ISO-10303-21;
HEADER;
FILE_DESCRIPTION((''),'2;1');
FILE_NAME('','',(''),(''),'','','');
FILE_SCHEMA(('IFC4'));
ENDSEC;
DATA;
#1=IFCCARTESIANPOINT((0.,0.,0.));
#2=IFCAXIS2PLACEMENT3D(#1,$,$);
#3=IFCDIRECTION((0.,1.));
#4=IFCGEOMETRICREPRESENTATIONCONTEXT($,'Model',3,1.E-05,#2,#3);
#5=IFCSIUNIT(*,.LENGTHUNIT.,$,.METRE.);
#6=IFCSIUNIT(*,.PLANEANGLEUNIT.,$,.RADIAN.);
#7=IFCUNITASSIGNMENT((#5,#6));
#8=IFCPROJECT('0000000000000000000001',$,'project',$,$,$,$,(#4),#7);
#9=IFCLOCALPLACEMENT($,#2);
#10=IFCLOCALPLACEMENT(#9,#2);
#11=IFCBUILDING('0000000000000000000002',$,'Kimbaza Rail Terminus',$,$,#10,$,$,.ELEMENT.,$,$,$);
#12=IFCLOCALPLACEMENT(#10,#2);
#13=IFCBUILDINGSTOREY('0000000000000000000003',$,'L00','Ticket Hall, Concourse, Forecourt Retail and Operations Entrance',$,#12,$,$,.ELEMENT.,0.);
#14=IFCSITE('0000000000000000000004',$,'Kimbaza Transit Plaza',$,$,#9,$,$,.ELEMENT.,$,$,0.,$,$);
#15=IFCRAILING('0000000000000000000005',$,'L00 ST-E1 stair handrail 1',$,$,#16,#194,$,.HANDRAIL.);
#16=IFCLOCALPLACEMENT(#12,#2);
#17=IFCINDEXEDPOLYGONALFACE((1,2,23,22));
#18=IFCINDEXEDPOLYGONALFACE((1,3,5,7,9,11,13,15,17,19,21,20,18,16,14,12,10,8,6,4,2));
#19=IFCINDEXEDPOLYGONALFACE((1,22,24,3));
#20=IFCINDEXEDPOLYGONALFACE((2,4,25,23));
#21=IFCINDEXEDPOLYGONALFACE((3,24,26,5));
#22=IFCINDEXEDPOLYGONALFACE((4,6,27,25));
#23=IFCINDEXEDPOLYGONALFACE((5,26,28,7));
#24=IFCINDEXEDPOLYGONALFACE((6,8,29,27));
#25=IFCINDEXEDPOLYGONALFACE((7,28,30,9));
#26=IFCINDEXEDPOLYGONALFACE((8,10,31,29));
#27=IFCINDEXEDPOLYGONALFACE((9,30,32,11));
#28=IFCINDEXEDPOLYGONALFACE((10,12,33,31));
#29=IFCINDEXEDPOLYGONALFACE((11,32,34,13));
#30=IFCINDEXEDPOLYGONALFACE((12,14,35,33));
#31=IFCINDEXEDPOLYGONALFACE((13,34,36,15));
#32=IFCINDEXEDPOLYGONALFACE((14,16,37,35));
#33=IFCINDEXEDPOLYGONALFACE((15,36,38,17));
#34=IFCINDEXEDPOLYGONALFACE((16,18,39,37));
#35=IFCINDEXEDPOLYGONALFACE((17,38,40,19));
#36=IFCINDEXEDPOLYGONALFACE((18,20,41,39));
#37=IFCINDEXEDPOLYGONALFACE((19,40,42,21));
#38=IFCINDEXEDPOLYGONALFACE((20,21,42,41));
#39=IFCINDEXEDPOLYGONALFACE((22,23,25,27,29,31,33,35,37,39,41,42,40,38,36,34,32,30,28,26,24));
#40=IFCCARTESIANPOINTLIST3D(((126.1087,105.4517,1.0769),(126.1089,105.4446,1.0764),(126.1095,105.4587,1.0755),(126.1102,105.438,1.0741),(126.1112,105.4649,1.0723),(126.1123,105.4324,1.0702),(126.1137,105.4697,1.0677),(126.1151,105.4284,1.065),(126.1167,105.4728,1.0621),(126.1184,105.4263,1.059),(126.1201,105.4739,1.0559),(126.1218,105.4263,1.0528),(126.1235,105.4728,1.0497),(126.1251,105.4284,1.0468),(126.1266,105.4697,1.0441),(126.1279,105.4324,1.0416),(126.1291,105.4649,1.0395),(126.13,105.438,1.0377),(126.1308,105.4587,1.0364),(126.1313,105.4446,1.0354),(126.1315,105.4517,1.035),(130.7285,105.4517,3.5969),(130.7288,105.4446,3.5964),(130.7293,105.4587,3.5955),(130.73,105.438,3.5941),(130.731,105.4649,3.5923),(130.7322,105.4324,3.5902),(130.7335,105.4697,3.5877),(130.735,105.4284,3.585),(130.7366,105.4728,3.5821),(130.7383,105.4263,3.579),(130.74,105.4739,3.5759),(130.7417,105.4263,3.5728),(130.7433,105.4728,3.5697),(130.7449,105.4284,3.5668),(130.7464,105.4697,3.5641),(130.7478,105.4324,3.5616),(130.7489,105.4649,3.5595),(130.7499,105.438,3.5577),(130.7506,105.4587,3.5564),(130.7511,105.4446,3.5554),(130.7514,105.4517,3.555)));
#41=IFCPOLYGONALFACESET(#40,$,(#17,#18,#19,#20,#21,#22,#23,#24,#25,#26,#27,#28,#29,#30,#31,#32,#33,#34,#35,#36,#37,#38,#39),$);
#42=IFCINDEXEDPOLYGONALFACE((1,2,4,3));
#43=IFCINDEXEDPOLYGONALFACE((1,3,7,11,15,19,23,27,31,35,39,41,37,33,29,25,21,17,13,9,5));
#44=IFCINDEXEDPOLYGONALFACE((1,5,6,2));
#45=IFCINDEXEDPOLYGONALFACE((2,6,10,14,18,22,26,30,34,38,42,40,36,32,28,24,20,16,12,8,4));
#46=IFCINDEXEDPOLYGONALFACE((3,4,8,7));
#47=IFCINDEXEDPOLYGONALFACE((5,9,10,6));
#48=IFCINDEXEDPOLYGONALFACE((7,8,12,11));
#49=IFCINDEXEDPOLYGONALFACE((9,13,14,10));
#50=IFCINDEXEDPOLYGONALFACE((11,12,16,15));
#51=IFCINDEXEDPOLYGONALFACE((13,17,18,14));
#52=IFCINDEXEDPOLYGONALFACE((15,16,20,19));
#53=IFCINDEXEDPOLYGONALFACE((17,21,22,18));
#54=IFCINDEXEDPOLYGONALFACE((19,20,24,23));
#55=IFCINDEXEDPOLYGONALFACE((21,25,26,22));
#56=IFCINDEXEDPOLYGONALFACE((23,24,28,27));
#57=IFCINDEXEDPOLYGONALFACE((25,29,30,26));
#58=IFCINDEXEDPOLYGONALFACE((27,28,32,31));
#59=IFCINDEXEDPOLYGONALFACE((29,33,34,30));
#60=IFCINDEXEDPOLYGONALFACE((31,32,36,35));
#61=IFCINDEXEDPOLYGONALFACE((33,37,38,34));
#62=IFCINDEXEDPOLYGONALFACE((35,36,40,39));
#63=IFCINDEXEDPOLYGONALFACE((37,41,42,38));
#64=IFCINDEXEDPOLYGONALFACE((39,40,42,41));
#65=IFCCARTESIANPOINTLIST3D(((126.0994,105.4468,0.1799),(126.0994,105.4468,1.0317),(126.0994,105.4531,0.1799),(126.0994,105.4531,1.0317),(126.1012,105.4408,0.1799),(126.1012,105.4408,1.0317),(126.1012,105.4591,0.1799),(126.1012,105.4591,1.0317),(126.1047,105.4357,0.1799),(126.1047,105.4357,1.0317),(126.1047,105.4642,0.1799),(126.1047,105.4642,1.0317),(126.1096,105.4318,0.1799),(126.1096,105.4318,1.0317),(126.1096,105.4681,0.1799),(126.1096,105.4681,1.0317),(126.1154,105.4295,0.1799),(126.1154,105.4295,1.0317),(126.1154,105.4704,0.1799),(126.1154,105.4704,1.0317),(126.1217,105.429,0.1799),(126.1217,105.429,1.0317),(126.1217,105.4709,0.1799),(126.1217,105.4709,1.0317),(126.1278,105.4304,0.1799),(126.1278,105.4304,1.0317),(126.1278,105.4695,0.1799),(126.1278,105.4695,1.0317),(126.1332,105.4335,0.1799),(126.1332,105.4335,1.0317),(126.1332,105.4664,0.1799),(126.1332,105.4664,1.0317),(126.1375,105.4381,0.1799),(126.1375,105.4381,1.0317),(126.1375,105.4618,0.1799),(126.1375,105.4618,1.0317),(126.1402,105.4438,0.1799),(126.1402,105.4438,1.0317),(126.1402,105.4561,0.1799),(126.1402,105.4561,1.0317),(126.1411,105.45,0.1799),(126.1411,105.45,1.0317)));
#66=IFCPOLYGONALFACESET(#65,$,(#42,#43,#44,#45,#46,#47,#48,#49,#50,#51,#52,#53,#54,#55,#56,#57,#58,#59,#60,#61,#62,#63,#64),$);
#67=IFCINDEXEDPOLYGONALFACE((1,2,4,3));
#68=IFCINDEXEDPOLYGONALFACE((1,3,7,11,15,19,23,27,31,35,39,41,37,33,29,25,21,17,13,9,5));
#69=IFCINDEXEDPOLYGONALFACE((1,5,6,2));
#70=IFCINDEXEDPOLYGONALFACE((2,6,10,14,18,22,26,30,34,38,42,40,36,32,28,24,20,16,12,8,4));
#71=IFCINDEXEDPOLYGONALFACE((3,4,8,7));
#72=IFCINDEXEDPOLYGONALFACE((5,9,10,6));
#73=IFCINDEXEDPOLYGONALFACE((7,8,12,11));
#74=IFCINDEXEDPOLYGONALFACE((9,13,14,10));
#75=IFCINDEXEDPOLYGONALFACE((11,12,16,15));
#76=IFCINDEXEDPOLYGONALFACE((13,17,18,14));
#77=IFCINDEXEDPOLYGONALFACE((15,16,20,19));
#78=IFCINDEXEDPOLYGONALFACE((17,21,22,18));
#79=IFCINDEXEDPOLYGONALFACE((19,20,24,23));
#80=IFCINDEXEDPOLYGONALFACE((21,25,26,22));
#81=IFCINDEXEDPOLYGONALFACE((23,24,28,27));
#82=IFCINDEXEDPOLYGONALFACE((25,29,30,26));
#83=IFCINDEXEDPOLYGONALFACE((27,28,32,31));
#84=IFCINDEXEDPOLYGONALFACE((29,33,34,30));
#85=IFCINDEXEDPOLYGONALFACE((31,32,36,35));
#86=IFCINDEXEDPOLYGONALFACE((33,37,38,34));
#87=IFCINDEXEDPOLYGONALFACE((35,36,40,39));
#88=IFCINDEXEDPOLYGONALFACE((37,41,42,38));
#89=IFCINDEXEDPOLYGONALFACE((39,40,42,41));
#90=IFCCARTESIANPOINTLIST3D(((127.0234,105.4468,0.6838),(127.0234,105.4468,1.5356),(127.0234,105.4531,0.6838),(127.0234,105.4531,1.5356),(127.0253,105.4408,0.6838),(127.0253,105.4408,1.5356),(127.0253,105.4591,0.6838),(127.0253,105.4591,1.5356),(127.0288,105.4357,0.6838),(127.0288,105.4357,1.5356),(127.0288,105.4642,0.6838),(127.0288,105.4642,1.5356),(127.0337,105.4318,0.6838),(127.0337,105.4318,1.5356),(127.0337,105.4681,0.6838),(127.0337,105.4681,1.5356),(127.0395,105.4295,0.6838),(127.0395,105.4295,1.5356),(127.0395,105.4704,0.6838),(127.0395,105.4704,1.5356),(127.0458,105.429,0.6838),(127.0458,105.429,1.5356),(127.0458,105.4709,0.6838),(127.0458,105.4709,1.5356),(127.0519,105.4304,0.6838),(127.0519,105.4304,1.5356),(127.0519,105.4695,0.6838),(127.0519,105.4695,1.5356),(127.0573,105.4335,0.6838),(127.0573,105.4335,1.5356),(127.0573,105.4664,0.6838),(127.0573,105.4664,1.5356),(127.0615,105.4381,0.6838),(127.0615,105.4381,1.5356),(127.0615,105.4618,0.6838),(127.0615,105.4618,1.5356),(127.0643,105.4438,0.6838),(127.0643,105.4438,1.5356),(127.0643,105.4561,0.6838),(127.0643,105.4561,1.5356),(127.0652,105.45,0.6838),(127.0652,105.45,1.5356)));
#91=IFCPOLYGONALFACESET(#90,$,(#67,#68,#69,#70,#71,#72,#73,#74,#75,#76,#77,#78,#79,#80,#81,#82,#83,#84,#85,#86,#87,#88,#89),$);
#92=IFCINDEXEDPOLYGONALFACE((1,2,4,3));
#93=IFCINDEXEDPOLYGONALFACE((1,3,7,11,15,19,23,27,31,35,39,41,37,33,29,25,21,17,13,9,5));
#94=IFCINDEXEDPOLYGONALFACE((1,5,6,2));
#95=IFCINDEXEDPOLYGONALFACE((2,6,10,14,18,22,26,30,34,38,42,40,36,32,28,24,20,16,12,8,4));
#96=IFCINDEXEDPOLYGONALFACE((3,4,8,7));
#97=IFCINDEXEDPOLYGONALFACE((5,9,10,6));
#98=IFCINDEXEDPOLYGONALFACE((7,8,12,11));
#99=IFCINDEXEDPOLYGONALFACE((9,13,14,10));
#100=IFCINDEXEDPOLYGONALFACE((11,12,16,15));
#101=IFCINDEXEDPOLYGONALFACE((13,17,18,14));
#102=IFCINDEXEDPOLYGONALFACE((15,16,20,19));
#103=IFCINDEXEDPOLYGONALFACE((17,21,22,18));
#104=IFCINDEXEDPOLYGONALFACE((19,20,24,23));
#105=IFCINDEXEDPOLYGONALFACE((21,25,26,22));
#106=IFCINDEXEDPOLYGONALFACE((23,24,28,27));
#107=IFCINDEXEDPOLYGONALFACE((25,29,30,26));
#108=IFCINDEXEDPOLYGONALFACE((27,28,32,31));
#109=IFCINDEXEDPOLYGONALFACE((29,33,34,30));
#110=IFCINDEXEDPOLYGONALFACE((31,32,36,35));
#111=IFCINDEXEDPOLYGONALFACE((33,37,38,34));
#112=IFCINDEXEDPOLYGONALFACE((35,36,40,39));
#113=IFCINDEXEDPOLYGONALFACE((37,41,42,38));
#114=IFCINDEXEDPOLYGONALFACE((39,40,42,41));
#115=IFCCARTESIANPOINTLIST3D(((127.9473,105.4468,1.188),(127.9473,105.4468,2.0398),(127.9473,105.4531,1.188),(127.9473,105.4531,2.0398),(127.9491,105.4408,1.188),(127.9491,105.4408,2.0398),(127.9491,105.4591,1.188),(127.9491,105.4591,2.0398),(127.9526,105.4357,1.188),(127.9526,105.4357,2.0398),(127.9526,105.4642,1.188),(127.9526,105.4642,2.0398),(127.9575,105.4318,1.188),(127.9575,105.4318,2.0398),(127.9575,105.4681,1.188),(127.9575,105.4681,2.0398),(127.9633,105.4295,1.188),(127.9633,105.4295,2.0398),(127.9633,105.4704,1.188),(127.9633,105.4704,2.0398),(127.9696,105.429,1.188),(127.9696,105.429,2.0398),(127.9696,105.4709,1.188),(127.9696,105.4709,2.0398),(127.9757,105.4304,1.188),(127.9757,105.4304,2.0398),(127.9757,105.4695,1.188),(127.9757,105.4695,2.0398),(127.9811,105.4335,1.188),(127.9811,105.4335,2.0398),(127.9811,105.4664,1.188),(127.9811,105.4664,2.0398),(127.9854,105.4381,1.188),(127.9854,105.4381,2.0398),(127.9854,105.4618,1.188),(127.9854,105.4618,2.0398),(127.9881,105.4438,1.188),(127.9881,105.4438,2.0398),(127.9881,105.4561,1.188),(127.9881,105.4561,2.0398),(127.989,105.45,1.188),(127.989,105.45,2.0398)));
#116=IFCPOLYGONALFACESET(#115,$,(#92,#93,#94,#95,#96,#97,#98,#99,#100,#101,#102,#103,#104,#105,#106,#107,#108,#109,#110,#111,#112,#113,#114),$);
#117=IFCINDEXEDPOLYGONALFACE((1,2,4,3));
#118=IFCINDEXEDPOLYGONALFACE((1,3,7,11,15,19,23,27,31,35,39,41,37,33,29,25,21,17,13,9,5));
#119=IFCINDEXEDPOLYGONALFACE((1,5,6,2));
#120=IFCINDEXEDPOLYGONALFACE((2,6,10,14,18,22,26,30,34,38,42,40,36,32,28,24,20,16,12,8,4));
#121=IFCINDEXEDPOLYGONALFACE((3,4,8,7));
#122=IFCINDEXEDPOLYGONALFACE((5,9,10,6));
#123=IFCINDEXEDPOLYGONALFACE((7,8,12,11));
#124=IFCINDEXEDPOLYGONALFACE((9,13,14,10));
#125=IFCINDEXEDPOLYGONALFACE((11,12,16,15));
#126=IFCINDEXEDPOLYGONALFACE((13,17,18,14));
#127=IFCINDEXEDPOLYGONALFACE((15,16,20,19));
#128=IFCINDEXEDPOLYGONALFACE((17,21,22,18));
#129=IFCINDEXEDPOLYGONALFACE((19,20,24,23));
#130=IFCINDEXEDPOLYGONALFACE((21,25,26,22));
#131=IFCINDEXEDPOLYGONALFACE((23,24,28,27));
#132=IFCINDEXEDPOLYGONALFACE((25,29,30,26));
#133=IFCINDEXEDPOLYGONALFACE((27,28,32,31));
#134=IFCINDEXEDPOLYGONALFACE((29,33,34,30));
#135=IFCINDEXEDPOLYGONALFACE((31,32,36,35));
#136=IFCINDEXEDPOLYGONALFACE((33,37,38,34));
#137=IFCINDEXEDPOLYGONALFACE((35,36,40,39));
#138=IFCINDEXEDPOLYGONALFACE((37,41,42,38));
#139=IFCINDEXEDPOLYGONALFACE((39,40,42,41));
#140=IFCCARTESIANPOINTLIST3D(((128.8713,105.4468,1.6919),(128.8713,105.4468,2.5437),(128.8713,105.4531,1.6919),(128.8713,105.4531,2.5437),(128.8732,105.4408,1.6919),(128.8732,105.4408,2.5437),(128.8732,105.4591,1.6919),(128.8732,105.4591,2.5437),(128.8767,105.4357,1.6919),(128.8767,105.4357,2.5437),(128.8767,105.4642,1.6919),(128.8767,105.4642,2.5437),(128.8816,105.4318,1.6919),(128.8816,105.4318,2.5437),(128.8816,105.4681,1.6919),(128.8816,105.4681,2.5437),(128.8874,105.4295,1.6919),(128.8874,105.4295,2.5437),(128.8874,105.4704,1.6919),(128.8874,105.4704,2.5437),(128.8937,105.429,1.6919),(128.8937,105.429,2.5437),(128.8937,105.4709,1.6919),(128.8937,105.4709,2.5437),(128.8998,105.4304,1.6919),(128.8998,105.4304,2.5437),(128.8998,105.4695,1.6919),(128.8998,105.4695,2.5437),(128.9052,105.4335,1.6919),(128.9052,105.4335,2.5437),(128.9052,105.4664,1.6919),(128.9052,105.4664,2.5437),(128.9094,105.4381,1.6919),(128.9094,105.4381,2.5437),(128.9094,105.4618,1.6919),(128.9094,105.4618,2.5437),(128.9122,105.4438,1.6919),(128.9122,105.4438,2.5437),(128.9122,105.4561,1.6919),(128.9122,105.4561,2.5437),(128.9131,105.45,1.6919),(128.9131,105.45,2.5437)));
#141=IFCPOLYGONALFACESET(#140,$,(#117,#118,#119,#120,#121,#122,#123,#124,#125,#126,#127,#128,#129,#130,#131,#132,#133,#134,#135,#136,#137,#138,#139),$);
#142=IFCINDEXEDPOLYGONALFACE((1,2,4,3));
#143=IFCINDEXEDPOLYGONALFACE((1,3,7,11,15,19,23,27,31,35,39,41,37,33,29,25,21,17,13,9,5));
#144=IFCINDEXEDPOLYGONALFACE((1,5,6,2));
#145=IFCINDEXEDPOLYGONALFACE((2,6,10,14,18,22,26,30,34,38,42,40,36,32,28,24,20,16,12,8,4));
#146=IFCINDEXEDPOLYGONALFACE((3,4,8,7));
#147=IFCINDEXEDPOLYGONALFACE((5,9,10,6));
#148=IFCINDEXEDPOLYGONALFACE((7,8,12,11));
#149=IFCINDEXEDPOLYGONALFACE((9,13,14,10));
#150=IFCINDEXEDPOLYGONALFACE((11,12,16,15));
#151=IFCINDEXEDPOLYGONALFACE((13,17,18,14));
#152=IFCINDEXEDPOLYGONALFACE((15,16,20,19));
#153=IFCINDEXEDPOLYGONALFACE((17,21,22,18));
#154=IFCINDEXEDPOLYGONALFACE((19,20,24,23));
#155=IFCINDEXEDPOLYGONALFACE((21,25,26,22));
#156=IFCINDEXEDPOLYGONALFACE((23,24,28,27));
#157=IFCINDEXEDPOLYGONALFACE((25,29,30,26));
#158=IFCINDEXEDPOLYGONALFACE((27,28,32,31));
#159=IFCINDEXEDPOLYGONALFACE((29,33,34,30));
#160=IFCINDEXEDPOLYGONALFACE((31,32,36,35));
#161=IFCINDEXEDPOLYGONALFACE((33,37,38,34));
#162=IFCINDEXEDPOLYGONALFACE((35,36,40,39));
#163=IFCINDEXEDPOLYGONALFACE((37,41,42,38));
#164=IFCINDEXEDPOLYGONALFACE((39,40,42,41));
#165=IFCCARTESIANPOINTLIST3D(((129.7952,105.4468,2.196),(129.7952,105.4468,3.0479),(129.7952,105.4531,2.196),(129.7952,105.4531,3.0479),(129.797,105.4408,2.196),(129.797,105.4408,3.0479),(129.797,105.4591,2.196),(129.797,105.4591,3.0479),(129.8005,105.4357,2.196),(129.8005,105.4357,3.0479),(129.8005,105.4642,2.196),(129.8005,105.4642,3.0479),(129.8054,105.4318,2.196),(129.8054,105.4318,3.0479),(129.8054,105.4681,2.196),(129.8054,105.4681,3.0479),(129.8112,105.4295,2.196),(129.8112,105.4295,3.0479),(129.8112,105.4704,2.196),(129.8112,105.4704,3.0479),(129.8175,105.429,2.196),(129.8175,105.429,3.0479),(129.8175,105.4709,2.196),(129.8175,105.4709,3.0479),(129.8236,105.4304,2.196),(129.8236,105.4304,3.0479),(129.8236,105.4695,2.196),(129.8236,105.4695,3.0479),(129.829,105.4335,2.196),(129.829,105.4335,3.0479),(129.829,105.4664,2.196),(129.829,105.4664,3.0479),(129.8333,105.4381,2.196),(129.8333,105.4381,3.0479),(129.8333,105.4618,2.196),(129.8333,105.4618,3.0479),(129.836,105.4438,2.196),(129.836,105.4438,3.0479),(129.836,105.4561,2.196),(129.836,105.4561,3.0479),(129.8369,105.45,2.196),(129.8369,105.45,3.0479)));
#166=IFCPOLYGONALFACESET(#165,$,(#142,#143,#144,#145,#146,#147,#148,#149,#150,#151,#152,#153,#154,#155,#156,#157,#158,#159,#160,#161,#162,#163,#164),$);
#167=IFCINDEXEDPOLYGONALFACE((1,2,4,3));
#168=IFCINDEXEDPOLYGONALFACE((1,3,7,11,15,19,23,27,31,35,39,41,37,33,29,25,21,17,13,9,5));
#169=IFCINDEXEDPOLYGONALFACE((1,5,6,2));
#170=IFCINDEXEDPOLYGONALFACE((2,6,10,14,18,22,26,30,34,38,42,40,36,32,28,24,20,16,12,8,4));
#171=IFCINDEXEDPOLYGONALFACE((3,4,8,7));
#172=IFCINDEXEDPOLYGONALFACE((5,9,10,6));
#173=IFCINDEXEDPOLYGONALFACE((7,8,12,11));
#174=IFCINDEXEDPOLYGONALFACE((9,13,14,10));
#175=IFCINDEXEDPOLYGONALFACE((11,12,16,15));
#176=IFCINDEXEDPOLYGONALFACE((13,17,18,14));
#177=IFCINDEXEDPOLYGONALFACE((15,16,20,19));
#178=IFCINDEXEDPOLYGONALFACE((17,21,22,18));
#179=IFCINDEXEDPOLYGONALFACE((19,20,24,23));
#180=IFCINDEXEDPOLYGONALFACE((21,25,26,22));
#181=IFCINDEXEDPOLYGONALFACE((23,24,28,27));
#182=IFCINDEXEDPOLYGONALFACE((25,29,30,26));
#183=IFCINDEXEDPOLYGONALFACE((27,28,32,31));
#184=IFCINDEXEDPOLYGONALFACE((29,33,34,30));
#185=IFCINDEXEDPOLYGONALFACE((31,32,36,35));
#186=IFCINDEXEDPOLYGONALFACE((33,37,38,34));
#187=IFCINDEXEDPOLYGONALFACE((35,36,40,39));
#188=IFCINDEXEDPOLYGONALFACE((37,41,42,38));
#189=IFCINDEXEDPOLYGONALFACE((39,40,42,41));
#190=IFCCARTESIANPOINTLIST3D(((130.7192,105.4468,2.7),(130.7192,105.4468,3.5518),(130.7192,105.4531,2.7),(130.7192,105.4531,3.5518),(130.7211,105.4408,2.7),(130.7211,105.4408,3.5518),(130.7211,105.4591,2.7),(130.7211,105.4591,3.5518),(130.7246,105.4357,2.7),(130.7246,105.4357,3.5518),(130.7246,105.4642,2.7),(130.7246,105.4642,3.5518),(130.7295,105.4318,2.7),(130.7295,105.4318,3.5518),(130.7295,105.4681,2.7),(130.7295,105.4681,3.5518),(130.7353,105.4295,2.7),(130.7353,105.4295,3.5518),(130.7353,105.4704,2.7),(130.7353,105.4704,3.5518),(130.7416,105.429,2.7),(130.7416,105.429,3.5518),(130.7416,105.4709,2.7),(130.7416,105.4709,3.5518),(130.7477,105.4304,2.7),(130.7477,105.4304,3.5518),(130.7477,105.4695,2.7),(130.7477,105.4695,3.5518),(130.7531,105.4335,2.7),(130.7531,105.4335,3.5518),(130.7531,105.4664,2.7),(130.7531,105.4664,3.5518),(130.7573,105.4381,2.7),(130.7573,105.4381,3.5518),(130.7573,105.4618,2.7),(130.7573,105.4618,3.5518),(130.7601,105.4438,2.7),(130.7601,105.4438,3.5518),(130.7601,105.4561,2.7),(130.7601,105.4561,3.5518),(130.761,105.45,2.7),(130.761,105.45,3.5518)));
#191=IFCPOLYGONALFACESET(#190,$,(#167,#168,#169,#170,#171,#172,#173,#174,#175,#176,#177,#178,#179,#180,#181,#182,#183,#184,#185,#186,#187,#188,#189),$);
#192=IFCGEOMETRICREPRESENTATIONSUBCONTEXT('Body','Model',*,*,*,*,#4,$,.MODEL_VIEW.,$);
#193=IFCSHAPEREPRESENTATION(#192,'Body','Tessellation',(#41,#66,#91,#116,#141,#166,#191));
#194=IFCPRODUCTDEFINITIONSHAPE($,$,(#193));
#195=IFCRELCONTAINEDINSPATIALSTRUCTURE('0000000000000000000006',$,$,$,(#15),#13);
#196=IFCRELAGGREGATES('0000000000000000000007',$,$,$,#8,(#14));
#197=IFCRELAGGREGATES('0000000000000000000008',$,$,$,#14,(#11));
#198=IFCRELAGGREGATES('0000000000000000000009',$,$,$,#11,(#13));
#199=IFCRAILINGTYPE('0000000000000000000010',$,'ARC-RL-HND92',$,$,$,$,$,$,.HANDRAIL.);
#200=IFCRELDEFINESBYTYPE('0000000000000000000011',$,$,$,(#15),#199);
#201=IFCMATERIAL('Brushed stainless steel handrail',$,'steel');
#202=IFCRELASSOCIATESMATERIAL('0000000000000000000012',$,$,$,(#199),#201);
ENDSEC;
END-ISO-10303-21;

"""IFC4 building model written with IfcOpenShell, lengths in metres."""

from ifc_helpers import new_model, si_unit, direction, frame, origin, origin_2d, place, context, subcontext, project, spatial, circle, extrude, material, type_object, element, save


model = new_model("IFC4")

# Units and contexts
model_context = context("Model", 3, precision=1e-05, world=origin(), true_north=direction((0.0, 1.0)))
body_context = subcontext(model_context, "Body", "Model", "MODEL_VIEW")
ifc_project = project(units=[si_unit("LENGTHUNIT", "METRE"), si_unit("PLANEANGLEUNIT", "RADIAN")], contexts=[model_context])

# Site, building, storey
site_placement = place(None, origin())
site = spatial("IfcSite", under=ifc_project, at=site_placement, Name="Kimbaza Transit Plaza", CompositionType="ELEMENT", RefElevation=0.0)
building_placement = place(site_placement, origin())
building = spatial("IfcBuilding", under=site, at=building_placement, Name="Kimbaza Rail Terminus", CompositionType="ELEMENT")
storey_placement = place(building_placement, origin())
storey = spatial("IfcBuildingStorey", under=building, at=storey_placement, Name="L00", Description="Ticket Hall, Concourse, Forecourt Retail and Operations Entrance", CompositionType="ELEMENT", Elevation=0.0)

# Railing
ifc_material_1 = material(Name="Brushed stainless steel handrail", Category="steel")
railing_type_1 = type_object("IfcRailingType", Name="ARC-RL-HND92", PredefinedType="HANDRAIL", material=ifc_material_1)
railing_1_placement = place(storey_placement, frame((126.1201, 105.45, 0.1799)))
element("IfcRailing", 1, at=railing_1_placement, inside=storey, type_object=railing_type_1, Name="L00 ST-E1 stair handrail 1", PredefinedType="HANDRAIL", context=body_context, shape_type="SweptSolid", body=[
    extrude(circle(Radius=0.0239, at=origin_2d()), frame((0.0, 0.0, 0.876), z_axis=(0.877888, 0.0, 0.478865), x_axis=(0.0, 1.0, 0.0)), (0.0, 0.0, 1.0), 5.2625),
    extrude(circle(Radius=0.021, at=origin_2d()), origin(), (0.0, 0.0, 1.0), 0.8518),
    extrude(circle(Radius=0.021, at=origin_2d()), frame((0.9241, 0.0, 0.5039)), (0.0, 0.0, 1.0), 0.8518),
    extrude(circle(Radius=0.021, at=origin_2d()), frame((1.8479, 0.0, 1.0081)), (0.0, 0.0, 1.0), 0.8518),
    extrude(circle(Radius=0.021, at=origin_2d()), frame((2.772, 0.0, 1.512)), (0.0, 0.0, 1.0), 0.8518),
    extrude(circle(Radius=0.021, at=origin_2d()), frame((3.6958, 0.0, 2.0161)), (0.0, 0.0, 1.0), 0.8518),
    extrude(circle(Radius=0.021, at=origin_2d()), frame((4.6199, 0.0, 2.52)), (0.0, 0.0, 1.0), 0.8518),
])

save(model, "model.ifc")
